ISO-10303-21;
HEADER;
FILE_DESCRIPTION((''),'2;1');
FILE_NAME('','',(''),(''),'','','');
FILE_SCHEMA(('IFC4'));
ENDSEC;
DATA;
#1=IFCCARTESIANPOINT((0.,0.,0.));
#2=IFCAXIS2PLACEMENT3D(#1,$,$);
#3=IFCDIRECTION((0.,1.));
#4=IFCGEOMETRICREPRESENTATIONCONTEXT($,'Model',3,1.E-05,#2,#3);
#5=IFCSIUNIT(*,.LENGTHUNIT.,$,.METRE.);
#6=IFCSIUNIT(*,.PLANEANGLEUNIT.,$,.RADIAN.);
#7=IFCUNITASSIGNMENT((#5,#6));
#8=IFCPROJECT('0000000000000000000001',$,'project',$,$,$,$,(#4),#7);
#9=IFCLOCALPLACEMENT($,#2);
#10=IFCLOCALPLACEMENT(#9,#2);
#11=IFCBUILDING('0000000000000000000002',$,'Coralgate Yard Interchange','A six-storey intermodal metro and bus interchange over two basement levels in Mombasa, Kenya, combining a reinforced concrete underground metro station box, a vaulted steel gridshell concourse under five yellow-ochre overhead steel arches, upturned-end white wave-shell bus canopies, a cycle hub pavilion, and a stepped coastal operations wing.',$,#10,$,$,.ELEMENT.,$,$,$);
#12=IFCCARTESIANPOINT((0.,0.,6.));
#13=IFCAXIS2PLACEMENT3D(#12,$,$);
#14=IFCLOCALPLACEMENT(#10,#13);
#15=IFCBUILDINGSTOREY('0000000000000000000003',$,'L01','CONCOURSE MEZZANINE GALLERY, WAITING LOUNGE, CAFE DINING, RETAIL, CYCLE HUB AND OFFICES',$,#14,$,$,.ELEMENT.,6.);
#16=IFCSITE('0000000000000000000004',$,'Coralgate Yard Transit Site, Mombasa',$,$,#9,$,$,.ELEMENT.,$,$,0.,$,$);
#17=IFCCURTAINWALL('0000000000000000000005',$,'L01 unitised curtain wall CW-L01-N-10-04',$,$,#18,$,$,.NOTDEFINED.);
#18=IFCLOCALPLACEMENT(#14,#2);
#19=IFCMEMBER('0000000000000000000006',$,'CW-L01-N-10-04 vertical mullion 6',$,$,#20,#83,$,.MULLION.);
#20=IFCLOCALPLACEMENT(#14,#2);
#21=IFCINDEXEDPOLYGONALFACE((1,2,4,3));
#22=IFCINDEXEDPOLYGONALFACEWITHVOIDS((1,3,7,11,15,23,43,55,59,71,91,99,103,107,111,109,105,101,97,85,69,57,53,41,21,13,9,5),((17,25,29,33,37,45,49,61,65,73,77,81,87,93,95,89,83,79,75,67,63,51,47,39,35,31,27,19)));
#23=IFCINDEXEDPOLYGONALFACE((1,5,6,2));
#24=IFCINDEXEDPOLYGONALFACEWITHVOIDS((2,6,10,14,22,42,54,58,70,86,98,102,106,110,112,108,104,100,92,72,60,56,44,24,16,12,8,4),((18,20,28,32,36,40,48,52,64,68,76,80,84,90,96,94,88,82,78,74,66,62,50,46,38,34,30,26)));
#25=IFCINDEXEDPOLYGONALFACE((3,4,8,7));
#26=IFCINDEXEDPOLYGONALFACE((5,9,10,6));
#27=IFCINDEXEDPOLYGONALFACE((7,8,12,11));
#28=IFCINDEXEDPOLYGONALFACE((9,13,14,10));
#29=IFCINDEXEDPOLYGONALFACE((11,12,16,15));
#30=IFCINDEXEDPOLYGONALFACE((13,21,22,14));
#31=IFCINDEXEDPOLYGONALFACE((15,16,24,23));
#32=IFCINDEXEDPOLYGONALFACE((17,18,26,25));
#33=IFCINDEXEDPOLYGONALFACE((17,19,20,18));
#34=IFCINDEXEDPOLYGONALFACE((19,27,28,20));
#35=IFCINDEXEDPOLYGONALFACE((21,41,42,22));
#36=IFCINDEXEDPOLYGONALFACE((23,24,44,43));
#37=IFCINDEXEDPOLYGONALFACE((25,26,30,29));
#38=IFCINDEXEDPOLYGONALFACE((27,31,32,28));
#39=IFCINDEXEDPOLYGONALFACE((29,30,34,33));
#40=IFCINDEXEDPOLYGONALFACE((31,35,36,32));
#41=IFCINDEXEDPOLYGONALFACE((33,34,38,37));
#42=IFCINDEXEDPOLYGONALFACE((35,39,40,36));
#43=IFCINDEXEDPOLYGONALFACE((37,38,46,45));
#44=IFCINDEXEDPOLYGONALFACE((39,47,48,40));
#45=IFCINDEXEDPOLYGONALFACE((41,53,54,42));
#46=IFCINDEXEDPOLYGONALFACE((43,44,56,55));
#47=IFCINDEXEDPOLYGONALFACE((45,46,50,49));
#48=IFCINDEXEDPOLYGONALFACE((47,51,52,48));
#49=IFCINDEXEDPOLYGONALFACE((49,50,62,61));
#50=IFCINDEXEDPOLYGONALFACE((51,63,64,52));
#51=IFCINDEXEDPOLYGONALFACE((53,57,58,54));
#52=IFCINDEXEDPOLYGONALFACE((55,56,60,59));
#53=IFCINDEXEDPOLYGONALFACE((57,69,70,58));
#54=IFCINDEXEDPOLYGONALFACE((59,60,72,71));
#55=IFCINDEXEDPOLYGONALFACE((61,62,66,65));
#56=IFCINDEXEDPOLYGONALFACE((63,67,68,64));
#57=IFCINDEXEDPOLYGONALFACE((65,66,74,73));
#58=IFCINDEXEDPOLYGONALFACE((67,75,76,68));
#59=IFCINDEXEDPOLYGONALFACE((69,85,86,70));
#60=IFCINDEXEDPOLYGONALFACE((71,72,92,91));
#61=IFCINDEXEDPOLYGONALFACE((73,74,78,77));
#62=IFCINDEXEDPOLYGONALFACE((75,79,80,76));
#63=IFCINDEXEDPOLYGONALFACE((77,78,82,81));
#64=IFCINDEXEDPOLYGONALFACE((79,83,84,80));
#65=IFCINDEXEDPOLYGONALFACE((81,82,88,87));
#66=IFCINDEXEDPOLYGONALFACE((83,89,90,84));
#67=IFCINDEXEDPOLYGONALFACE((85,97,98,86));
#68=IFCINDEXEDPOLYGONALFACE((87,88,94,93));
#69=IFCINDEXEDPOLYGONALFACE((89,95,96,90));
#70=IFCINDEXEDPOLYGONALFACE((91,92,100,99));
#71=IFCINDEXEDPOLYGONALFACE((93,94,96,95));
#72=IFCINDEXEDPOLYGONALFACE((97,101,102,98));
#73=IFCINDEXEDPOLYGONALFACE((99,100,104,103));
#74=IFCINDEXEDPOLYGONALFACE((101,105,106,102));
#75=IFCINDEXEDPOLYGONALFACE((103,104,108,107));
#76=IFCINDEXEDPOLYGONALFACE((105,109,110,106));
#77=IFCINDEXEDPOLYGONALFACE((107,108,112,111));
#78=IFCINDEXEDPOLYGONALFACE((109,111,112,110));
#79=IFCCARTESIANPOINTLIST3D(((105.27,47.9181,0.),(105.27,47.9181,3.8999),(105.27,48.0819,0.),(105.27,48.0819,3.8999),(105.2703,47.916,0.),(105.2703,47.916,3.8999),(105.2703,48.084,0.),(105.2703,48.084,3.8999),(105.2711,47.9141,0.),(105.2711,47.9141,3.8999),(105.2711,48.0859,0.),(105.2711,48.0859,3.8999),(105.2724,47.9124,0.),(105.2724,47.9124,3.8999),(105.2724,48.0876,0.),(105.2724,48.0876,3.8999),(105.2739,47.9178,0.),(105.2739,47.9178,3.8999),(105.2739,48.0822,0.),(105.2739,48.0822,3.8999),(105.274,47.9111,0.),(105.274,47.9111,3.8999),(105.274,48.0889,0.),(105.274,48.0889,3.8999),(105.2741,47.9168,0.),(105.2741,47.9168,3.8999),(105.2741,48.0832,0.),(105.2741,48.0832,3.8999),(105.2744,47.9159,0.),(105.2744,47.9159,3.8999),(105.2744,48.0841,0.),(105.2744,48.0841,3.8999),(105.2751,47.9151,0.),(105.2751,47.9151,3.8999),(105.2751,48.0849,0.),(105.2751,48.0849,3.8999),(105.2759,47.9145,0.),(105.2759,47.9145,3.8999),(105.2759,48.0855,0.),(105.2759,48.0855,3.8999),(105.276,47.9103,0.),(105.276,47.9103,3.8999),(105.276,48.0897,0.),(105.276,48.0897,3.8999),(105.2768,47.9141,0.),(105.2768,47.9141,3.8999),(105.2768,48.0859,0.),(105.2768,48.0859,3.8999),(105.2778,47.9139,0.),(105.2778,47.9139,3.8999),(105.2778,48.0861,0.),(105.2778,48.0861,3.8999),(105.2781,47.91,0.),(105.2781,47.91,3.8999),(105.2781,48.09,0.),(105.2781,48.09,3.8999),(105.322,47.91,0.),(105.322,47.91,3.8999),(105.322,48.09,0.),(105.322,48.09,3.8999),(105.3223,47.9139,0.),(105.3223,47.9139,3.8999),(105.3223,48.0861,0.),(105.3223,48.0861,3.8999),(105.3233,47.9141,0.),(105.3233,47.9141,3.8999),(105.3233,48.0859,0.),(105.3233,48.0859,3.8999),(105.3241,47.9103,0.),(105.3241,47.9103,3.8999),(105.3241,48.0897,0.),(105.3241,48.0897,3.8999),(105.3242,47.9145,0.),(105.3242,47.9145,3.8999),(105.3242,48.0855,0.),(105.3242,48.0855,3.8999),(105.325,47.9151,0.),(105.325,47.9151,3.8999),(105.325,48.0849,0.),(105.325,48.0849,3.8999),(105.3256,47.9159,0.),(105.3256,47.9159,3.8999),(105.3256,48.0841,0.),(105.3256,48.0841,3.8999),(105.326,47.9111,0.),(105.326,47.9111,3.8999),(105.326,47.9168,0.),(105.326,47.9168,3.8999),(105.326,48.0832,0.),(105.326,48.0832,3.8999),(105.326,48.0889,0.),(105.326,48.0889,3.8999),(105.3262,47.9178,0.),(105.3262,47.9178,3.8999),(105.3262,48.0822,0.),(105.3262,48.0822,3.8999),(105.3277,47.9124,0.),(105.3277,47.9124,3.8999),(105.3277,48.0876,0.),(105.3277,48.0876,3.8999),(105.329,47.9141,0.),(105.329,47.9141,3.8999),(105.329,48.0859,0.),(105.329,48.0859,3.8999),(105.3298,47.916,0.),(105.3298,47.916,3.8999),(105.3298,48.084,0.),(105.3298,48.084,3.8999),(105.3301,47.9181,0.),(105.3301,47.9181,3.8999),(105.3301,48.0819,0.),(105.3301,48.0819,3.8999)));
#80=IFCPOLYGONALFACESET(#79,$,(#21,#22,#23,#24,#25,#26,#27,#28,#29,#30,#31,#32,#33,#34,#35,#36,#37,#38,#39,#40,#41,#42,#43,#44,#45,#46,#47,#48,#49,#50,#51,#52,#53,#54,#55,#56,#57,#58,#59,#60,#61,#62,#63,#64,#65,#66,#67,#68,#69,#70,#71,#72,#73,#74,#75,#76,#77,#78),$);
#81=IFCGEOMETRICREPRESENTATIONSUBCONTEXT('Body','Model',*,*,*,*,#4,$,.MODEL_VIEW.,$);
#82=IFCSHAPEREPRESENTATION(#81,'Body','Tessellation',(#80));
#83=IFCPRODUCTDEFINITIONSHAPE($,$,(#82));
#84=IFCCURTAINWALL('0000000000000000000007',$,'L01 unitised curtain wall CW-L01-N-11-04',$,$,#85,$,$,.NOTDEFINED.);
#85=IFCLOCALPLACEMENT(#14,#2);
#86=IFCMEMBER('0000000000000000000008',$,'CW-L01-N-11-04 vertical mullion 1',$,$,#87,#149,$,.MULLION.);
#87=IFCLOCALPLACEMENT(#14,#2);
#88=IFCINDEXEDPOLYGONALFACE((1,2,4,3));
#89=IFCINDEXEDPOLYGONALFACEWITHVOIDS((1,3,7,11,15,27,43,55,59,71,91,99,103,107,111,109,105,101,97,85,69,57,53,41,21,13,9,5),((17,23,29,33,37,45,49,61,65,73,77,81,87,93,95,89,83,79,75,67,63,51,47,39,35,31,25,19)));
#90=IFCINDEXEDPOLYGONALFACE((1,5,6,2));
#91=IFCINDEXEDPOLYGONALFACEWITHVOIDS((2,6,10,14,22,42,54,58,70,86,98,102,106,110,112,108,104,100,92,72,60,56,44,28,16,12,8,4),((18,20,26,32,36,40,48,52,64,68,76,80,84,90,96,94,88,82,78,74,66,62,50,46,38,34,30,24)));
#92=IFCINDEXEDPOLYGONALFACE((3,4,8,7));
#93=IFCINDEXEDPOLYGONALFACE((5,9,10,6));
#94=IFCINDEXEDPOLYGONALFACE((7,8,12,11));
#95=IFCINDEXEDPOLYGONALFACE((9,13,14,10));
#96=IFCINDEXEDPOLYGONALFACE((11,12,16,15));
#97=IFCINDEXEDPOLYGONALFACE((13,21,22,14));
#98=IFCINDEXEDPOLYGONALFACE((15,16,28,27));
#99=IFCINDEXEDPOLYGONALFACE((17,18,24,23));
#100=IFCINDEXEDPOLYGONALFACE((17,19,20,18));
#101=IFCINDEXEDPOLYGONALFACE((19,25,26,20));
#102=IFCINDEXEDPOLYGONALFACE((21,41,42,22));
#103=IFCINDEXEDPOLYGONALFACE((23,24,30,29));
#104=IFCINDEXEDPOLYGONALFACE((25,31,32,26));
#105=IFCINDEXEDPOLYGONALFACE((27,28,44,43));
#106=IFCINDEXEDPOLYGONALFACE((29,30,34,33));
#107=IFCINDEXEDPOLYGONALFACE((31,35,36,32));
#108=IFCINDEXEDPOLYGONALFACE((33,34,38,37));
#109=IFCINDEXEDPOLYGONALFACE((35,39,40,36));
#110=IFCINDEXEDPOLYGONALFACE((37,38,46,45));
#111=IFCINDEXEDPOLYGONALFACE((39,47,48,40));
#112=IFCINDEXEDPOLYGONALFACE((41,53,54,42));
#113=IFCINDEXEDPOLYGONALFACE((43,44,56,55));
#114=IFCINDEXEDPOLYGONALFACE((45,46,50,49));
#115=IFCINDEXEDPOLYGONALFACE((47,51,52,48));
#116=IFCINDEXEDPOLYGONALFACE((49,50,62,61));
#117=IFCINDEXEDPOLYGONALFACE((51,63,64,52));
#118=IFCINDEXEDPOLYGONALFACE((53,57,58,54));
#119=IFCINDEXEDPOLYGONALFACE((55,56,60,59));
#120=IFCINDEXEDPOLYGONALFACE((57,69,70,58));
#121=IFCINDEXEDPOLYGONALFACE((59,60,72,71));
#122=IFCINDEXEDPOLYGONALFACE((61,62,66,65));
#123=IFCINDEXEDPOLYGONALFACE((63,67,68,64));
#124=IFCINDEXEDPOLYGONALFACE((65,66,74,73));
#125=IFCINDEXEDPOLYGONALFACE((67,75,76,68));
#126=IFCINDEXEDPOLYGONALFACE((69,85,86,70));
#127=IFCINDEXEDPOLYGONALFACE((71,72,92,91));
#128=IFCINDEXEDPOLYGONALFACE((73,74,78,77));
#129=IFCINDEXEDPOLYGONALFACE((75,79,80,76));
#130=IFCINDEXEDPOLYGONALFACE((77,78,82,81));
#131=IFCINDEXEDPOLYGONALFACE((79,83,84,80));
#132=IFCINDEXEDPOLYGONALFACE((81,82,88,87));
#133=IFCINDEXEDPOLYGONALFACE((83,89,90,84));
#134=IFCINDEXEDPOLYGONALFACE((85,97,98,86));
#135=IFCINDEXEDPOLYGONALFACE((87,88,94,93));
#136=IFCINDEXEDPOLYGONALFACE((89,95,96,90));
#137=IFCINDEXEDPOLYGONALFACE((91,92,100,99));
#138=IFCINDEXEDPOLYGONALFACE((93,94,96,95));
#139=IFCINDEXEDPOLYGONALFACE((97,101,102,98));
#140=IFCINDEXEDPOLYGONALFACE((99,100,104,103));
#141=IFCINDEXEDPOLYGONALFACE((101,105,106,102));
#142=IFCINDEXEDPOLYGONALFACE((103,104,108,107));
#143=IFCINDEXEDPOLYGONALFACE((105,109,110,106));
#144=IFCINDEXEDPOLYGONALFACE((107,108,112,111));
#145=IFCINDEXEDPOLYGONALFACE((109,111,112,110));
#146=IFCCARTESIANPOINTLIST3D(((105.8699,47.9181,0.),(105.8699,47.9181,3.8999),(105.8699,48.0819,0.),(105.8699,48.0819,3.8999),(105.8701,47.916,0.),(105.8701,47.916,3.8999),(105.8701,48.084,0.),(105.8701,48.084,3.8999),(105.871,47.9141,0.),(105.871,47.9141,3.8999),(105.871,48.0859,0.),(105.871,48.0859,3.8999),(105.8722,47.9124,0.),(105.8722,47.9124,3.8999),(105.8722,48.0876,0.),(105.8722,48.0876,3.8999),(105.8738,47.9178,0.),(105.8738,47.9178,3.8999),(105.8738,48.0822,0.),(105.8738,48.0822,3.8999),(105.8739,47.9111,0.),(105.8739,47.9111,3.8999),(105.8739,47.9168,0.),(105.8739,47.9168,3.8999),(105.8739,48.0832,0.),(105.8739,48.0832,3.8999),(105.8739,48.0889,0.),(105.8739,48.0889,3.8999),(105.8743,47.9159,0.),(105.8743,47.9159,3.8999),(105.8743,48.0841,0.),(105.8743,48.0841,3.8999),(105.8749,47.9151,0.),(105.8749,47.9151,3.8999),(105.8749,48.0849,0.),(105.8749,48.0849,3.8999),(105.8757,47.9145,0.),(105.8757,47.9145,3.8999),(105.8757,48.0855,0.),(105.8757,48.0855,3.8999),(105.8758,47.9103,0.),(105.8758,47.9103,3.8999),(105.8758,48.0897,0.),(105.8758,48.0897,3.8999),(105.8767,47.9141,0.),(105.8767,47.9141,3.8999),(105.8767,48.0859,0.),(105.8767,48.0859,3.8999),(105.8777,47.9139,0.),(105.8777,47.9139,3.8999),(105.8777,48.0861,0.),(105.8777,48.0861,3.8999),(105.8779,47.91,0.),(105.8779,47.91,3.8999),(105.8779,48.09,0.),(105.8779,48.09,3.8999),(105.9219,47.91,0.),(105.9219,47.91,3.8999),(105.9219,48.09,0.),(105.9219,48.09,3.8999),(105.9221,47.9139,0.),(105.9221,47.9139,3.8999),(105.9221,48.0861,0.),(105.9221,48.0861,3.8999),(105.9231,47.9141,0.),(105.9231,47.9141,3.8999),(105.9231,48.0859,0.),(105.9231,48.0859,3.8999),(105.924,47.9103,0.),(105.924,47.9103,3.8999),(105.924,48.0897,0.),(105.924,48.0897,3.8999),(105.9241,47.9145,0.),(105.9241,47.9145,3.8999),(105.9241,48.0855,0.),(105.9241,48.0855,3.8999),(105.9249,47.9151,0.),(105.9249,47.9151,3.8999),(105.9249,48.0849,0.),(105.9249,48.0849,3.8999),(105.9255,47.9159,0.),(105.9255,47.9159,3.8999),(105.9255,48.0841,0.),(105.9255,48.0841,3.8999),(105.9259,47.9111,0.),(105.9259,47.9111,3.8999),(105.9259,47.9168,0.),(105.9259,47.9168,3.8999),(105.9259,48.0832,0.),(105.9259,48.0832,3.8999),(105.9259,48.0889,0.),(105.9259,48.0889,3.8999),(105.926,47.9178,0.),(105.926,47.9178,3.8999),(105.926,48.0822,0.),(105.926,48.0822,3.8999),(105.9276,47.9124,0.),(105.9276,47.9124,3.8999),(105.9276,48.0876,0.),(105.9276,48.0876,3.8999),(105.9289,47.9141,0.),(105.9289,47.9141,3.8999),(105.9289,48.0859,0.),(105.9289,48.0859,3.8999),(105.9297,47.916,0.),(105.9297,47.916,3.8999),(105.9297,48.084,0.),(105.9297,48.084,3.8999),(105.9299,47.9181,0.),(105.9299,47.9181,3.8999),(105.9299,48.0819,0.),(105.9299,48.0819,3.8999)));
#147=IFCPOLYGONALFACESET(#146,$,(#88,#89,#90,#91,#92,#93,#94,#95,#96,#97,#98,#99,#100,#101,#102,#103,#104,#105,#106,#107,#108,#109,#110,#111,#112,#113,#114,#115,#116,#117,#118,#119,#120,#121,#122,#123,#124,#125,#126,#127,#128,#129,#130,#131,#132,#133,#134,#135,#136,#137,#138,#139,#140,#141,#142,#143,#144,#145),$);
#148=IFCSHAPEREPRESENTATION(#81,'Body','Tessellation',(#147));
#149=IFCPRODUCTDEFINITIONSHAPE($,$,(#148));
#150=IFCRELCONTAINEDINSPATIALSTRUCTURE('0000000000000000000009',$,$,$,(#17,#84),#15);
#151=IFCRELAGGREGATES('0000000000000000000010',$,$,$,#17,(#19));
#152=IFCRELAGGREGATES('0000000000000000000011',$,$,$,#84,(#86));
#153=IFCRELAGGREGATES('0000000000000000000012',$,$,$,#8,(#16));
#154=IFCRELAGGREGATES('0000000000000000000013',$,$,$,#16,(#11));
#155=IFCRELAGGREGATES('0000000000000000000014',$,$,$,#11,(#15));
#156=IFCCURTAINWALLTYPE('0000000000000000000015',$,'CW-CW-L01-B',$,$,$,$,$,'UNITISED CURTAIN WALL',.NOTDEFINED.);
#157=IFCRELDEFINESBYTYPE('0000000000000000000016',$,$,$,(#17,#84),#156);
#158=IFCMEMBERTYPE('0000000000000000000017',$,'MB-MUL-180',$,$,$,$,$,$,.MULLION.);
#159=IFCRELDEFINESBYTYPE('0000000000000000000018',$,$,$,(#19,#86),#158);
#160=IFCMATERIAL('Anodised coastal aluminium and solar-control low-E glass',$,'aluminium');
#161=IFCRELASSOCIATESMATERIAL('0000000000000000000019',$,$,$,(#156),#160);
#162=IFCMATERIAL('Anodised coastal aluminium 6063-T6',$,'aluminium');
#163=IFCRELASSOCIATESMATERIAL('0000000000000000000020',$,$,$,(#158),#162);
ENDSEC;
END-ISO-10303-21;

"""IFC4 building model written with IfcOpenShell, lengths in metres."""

from ifc_helpers import new_model, si_unit, direction, frame, origin, origin_2d, place, context, subcontext, project, spatial, hollow_rectangle, extrude, material, material_profile, profile_set, type_object, element, aggregate, save


model = new_model("IFC4")

# Units and contexts
model_context = context("Model", 3, precision=1e-05, world=origin(), true_north=direction((0.0, 1.0)))
body_context = subcontext(model_context, "Body", "Model", "MODEL_VIEW")
ifc_project = project(units=[si_unit("LENGTHUNIT", "METRE"), si_unit("PLANEANGLEUNIT", "RADIAN")], contexts=[model_context])

# Site, building, storey
site_placement = place(None, origin())
site = spatial("IfcSite", under=ifc_project, at=site_placement, Name="Coralgate Yard Transit Site, Mombasa", CompositionType="ELEMENT", RefElevation=0.0)
building_placement = place(site_placement, origin())
building = spatial("IfcBuilding", under=site, at=building_placement, Name="Coralgate Yard Interchange", Description="A six-storey intermodal metro and bus interchange over two basement levels in Mombasa, Kenya, combining a reinforced concrete underground metro station box, a vaulted steel gridshell concourse under five yellow-ochre overhead steel arches, upturned-end white wave-shell bus canopies, a cycle hub pavilion, and a stepped coastal operations wing.", CompositionType="ELEMENT")
storey_placement = place(building_placement, frame((0.0, 0.0, 6.0)))
storey = spatial("IfcBuildingStorey", under=building, at=storey_placement, Name="L01", Description="CONCOURSE MEZZANINE GALLERY, WAITING LOUNGE, CAFE DINING, RETAIL, CYCLE HUB AND OFFICES", CompositionType="ELEMENT", Elevation=6.0)

# Curtain walls, members
ifc_material_1 = material(Name="Anodised coastal aluminium and solar-control low-E glass", Category="aluminium")
curtain_wall_type = type_object("IfcCurtainWallType", Name="CW-CW-L01-B", ElementType="UNITISED CURTAIN WALL", PredefinedType="NOTDEFINED", material=ifc_material_1)
curtain_wall_1_placement = place(storey_placement, origin())
curtain_wall_1 = element("IfcCurtainWall", 1, at=curtain_wall_1_placement, inside=storey, type_object=curtain_wall_type, Name="L01 unitised curtain wall CW-L01-N-10-04", PredefinedType="NOTDEFINED")
ifc_material_2 = material(Name="Anodised coastal aluminium 6063-T6", Category="aluminium")
ifc_material_profile_1 = material_profile(ifc_material_2, hollow_rectangle(XDim=0.0601, YDim=0.1799, WallThickness=0.0039, InnerFilletRadius=0.0039, OuterFilletRadius=0.0081, at=origin_2d()), Name="ALU 60x180x4")
ifc_profile_set_1 = profile_set([ifc_material_profile_1], Name="Anodised coastal aluminium 6063-T6")
member_type_1 = type_object("IfcMemberType", Name="MB-MUL-180", PredefinedType="MULLION", material=ifc_profile_set_1)
member_1_placement = place(storey_placement, frame((105.3, 48.0, 0.0), z_axis=(0.0, 0.0, 1.0), x_axis=(1.0, 0.0, 0.0)))
member_1 = element("IfcMember", 2, at=member_1_placement, type_object=member_type_1, Name="CW-L01-N-10-04 vertical mullion 6", PredefinedType="MULLION", context=body_context, shape_type="SweptSolid", body=[
    extrude(hollow_rectangle(XDim=0.0601, YDim=0.1799, WallThickness=0.0039, InnerFilletRadius=0.0039, OuterFilletRadius=0.0081, at=origin_2d()), origin(), (0.0, 0.0, 1.0), 3.8999),
])
curtain_wall_2_placement = place(storey_placement, origin())
curtain_wall_2 = element("IfcCurtainWall", 3, at=curtain_wall_2_placement, inside=storey, type_object=curtain_wall_type, Name="L01 unitised curtain wall CW-L01-N-11-04", PredefinedType="NOTDEFINED")
member_2_placement = place(storey_placement, frame((105.8999, 48.0, 0.0), z_axis=(0.0, 0.0, 1.0), x_axis=(1.0, 0.0, 0.0)))
member_2 = element("IfcMember", 4, at=member_2_placement, type_object=member_type_1, Name="CW-L01-N-11-04 vertical mullion 1", PredefinedType="MULLION", context=body_context, shape_type="SweptSolid", body=[
    extrude(hollow_rectangle(XDim=0.0601, YDim=0.1799, WallThickness=0.0039, InnerFilletRadius=0.0039, OuterFilletRadius=0.0081, at=origin_2d()), origin(), (0.0, 0.0, 1.0), 3.8999),
])

aggregate(curtain_wall_1, [member_1])
aggregate(curtain_wall_2, [member_2])

save(model, "model.ifc")
